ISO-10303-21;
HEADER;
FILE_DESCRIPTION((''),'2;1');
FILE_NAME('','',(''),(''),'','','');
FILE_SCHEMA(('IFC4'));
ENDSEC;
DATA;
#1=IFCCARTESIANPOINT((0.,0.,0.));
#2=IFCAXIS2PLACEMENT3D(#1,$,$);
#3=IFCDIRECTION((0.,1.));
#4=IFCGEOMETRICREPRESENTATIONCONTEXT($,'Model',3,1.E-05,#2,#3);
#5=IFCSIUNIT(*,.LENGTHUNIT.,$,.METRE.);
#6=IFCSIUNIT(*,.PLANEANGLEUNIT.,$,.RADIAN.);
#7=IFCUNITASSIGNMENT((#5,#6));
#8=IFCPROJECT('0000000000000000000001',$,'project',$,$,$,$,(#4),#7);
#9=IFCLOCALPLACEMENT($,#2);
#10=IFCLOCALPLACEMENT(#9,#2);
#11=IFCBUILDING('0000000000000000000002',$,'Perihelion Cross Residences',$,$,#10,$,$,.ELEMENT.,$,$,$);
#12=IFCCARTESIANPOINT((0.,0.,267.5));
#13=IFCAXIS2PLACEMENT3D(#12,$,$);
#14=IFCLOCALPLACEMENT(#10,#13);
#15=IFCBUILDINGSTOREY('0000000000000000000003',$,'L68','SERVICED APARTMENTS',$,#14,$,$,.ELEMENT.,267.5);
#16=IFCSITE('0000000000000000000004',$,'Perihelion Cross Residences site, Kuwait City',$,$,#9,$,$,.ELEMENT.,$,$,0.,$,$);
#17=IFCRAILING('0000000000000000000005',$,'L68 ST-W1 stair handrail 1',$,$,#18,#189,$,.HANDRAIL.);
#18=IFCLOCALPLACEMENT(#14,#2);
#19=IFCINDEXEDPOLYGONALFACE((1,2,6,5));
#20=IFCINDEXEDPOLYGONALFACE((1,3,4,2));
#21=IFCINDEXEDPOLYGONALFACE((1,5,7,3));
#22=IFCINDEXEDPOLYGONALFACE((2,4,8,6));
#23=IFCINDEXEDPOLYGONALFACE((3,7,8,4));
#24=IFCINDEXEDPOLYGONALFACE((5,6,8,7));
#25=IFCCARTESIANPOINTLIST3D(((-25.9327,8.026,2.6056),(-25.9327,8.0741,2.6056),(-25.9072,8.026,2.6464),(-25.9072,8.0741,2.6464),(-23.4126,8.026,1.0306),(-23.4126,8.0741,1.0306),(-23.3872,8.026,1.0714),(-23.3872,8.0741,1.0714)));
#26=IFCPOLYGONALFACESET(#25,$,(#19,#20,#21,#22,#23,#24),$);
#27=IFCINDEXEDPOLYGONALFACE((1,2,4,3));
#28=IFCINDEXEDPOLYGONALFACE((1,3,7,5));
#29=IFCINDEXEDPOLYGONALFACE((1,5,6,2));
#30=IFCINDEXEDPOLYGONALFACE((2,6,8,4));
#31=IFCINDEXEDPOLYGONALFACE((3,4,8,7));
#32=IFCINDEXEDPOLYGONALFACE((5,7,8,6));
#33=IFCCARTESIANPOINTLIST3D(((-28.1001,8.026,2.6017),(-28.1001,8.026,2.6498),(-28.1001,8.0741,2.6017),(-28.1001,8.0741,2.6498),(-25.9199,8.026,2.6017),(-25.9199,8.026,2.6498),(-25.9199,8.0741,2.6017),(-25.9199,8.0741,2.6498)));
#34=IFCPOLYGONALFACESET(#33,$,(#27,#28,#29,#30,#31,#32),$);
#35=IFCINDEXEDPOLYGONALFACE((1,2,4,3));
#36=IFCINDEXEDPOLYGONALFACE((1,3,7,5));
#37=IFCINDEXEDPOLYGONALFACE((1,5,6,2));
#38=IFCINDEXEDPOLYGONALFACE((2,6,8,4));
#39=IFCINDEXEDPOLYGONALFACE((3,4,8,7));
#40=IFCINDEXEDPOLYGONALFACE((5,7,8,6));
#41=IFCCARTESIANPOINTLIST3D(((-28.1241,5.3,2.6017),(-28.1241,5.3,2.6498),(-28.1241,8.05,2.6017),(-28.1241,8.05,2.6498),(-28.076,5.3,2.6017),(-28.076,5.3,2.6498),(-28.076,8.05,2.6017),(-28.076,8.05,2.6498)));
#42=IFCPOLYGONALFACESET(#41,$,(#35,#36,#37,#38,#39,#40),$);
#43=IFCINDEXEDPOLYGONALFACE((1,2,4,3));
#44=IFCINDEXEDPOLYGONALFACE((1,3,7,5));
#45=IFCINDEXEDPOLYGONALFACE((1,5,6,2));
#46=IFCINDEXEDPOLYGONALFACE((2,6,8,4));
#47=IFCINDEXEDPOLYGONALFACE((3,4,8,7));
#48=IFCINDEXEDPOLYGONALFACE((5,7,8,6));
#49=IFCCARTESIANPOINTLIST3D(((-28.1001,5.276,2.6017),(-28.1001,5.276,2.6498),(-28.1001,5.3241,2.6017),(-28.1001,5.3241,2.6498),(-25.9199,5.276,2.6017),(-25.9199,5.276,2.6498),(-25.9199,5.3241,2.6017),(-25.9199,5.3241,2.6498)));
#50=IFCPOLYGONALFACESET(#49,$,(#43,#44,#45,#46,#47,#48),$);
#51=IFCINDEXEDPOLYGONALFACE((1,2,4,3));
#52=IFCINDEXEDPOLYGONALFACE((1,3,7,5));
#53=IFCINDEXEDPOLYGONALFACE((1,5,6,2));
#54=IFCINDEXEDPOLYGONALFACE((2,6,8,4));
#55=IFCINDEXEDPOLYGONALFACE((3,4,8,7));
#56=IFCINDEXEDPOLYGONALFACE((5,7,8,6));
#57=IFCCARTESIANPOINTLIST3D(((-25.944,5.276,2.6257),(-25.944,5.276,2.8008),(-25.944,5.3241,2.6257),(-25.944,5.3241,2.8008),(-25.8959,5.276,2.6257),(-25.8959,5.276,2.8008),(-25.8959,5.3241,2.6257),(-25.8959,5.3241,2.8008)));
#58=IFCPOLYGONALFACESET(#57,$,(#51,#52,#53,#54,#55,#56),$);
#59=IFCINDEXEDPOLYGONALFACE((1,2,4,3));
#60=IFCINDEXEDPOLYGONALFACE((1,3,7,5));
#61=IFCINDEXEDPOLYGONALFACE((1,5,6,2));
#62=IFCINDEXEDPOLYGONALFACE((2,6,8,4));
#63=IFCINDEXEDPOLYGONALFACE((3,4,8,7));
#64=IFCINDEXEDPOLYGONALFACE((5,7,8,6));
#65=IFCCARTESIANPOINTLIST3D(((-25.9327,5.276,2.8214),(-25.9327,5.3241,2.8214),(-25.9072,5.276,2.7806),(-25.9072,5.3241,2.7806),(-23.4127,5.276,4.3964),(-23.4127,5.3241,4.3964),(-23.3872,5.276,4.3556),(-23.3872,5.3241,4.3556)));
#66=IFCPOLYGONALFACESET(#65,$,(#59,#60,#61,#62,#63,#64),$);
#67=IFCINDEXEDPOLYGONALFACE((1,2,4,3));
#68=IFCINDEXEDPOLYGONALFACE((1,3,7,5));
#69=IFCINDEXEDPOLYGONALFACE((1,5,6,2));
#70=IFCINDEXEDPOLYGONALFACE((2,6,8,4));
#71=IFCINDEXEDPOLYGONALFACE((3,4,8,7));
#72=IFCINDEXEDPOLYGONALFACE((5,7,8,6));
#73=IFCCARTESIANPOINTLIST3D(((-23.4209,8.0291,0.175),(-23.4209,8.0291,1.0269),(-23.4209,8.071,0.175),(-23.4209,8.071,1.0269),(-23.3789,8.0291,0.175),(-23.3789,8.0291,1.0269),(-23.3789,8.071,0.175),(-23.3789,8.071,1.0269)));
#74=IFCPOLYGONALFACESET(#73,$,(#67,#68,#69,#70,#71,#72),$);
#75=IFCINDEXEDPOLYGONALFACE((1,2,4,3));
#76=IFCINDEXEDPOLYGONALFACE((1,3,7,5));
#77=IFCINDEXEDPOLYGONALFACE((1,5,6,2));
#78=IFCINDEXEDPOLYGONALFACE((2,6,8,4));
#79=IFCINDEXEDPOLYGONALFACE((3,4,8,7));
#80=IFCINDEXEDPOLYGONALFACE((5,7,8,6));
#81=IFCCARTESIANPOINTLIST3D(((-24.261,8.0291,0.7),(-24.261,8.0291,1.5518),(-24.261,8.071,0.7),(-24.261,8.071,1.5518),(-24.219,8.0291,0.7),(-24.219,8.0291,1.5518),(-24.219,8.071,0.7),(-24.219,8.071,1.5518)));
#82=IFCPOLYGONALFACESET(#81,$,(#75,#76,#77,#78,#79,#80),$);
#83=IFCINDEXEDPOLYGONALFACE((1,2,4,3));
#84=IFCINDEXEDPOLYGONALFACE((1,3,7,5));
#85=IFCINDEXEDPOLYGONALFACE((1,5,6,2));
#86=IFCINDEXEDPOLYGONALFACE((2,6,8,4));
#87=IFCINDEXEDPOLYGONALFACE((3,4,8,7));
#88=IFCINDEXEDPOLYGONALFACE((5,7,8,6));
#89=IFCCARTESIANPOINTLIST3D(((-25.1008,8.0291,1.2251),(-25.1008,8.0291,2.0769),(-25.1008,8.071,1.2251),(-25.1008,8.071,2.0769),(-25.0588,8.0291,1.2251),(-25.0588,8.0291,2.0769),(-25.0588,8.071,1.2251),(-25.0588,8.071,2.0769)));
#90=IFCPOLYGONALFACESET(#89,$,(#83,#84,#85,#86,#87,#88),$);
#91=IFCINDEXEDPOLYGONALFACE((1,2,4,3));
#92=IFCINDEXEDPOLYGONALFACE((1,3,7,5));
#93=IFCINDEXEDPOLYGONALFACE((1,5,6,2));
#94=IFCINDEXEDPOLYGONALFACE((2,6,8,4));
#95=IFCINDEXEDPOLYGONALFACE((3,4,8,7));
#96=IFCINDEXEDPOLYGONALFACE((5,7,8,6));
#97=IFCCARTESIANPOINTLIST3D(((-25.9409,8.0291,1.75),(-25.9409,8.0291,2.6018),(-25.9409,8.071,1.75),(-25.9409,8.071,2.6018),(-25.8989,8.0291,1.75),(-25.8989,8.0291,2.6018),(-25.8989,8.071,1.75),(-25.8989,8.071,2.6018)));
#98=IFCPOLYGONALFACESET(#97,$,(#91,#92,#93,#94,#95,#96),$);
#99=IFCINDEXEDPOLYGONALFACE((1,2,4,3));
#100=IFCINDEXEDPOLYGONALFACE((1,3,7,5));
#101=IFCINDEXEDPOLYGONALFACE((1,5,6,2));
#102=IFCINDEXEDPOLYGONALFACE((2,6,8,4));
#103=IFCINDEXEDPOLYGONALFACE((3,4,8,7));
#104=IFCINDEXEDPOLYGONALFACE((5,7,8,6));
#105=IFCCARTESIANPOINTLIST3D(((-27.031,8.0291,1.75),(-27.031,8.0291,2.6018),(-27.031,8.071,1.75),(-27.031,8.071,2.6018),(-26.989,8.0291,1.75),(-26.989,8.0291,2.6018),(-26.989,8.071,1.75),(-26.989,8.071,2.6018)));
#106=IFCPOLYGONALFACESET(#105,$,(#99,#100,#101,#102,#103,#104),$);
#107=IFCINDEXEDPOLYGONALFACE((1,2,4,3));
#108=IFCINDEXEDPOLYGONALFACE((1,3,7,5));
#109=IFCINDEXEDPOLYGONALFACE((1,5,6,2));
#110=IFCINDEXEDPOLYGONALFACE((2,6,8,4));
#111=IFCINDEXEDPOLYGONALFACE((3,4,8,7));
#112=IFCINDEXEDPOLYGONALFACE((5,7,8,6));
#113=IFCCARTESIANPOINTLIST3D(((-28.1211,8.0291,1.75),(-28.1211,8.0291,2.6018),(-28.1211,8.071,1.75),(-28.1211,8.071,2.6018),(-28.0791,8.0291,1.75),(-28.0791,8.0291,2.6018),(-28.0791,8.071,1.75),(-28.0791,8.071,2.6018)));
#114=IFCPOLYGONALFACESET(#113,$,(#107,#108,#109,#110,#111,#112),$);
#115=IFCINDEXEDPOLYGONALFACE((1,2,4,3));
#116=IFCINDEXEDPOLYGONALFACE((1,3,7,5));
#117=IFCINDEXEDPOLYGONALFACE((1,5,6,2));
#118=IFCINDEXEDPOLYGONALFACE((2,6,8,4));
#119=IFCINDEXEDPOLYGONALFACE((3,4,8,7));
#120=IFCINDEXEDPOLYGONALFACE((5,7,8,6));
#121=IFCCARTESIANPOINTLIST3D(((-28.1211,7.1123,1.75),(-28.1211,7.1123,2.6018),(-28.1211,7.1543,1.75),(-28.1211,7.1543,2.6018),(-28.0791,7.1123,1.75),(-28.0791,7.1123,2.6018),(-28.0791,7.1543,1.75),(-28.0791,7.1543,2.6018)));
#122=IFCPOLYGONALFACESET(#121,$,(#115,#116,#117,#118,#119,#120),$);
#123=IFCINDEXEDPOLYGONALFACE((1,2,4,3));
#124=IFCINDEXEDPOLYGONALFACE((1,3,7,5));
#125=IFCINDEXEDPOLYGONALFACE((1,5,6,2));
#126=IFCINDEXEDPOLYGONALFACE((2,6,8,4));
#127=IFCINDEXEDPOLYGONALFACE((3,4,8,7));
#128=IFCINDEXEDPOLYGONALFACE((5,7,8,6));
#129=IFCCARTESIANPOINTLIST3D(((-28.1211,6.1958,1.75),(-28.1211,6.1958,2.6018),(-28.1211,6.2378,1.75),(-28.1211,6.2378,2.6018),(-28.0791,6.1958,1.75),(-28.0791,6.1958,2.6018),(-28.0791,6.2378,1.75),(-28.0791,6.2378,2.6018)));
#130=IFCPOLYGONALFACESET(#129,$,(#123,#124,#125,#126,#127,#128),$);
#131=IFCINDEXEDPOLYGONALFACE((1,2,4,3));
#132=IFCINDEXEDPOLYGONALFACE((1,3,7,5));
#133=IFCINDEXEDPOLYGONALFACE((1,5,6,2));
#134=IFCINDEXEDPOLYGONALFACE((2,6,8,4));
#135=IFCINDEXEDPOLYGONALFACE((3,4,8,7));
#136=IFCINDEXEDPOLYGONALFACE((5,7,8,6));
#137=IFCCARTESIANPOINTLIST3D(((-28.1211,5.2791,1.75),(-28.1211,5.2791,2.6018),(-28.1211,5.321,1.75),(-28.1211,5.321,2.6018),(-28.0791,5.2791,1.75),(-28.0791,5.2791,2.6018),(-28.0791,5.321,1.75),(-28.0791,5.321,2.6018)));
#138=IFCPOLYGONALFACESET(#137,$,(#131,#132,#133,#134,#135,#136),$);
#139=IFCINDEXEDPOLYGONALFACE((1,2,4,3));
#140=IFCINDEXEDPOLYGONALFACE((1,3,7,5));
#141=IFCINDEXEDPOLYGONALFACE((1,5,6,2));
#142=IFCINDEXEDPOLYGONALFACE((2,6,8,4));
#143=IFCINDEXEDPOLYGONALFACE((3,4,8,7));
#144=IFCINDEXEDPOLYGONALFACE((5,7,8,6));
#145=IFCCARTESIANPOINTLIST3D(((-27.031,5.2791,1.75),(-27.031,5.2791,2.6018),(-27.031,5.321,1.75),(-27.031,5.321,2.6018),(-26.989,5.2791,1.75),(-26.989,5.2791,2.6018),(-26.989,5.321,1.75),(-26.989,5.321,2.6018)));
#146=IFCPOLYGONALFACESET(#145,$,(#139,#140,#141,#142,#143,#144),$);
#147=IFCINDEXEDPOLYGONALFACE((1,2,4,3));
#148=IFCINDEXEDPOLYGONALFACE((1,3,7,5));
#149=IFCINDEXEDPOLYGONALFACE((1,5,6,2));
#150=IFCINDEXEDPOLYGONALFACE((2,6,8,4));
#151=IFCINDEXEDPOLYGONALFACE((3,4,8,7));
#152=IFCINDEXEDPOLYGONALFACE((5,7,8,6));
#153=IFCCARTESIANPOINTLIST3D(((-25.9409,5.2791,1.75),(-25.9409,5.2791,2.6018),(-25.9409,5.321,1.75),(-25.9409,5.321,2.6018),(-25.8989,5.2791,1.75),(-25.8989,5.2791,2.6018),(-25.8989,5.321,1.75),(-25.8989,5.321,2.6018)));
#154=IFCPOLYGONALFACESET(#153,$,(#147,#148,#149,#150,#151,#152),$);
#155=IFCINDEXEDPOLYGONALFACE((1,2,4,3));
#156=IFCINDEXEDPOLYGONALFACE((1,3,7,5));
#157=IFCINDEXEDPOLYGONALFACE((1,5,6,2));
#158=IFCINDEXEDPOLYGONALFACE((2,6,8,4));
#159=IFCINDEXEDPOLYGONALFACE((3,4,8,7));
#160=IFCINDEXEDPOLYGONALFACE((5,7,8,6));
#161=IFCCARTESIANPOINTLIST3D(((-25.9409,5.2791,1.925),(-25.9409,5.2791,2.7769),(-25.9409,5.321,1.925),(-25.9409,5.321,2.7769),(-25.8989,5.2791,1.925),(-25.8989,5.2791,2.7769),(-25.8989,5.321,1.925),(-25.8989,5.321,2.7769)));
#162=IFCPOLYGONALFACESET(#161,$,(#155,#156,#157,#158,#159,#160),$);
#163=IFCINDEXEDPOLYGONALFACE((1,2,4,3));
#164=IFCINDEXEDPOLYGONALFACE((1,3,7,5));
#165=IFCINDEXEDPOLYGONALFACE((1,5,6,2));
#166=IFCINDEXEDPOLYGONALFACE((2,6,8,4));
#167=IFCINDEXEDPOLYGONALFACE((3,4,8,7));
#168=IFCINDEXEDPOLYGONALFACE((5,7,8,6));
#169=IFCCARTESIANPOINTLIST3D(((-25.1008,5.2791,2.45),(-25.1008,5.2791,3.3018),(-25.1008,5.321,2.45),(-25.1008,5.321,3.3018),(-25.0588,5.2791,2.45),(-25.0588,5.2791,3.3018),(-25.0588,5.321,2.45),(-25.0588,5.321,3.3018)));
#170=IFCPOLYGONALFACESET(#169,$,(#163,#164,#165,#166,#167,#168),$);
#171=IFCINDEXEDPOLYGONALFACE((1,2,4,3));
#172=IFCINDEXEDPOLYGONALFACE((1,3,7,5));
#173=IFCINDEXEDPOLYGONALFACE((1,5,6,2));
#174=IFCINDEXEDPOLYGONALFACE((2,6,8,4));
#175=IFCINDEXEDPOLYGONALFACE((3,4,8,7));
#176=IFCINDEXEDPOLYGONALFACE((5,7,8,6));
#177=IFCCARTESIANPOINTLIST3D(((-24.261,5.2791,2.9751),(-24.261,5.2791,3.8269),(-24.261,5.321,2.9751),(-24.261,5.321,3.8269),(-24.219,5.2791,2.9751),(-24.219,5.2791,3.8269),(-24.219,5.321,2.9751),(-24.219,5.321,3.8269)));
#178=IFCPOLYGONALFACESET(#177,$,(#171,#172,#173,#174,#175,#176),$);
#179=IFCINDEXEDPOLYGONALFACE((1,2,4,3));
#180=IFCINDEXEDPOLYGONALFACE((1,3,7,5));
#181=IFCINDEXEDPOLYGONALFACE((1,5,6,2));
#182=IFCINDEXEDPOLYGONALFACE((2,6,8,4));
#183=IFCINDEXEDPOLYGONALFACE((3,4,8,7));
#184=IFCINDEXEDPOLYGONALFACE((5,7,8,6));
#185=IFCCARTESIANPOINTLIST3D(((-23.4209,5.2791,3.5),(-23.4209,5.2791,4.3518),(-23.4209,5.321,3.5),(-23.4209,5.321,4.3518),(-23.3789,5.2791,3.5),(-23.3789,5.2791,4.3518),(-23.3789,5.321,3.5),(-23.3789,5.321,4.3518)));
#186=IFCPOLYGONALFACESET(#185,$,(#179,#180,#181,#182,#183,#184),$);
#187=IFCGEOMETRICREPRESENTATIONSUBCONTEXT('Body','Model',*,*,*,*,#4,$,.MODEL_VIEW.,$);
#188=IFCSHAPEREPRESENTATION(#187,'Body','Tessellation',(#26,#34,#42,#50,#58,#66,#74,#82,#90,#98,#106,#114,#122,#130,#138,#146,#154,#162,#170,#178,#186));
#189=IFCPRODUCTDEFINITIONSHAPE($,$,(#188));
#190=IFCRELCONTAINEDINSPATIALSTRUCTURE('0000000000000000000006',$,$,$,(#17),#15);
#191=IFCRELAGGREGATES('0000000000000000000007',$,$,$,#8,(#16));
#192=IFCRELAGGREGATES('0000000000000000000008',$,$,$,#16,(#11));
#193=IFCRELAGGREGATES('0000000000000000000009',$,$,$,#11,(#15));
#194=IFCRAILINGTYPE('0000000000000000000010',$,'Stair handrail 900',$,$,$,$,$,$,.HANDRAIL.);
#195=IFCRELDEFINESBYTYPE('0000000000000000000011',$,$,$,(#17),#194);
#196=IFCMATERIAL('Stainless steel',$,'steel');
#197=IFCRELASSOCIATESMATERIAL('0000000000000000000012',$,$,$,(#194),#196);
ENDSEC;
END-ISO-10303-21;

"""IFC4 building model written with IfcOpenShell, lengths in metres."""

from ifc_helpers import new_model, si_unit, direction, frame, origin, origin_2d, place, context, subcontext, project, spatial, rectangle, extrude, material, type_object, element, save


model = new_model("IFC4")

# Units and contexts
model_context = context("Model", 3, precision=1e-05, world=origin(), true_north=direction((0.0, 1.0)))
body_context = subcontext(model_context, "Body", "Model", "MODEL_VIEW")
ifc_project = project(units=[si_unit("LENGTHUNIT", "METRE"), si_unit("PLANEANGLEUNIT", "RADIAN")], contexts=[model_context])

# Site, building, storey
site_placement = place(None, origin())
site = spatial("IfcSite", under=ifc_project, at=site_placement, Name="Perihelion Cross Residences site, Kuwait City", CompositionType="ELEMENT", RefElevation=0.0)
building_placement = place(site_placement, origin())
building = spatial("IfcBuilding", under=site, at=building_placement, Name="Perihelion Cross Residences", CompositionType="ELEMENT")
storey_placement = place(building_placement, frame((0.0, 0.0, 267.5)))
storey = spatial("IfcBuildingStorey", under=building, at=storey_placement, Name="L68", Description="SERVICED APARTMENTS", CompositionType="ELEMENT", Elevation=267.5)

# Railing
ifc_material_1 = material(Name="Stainless steel", Category="steel")
railing_type_1 = type_object("IfcRailingType", Name="Stair handrail 900", PredefinedType="HANDRAIL", material=ifc_material_1)
railing_1_placement = place(storey_placement, frame((-23.3999, 8.05, 0.175)))
element("IfcRailing", 1, at=railing_1_placement, inside=storey, type_object=railing_type_1, Name="L68 ST-W1 stair handrail 1", PredefinedType="HANDRAIL", context=body_context, shape_type="SweptSolid", body=[
    extrude(rectangle(XDim=0.0481, YDim=0.0481, at=origin_2d()), frame((0.0, 0.0, 0.876), z_axis=(-0.848008, 0.0, 0.529984), x_axis=(0.0, -1.0, 0.0)), (0.0, 0.0, 1.0), 2.9717),
    extrude(rectangle(XDim=0.0481, YDim=0.0481, at=origin_2d()), frame((-2.52, 0.0, 2.4507), z_axis=(-1.0, 0.0, 0.0), x_axis=(0.0, -1.0, 0.0)), (0.0, 0.0, 1.0), 2.1802),
    extrude(rectangle(XDim=0.0481, YDim=0.0481, at=origin_2d()), frame((-4.7002, 0.0, 2.4507), z_axis=(0.0, -1.0, 0.0), x_axis=(1.0, 0.0, 0.0)), (0.0, 0.0, 1.0), 2.75),
    extrude(rectangle(XDim=0.0481, YDim=0.0481, at=origin_2d()), frame((-4.7002, -2.75, 2.4507), z_axis=(1.0, 0.0, 0.0), x_axis=(0.0, 1.0, 0.0)), (0.0, 0.0, 1.0), 2.1802),
    extrude(rectangle(XDim=0.0481, YDim=0.0481, at=origin_2d()), frame((-2.52, -2.75, 2.4507), z_axis=(0.0, 0.0, 1.0), x_axis=(1.0, 0.0, 0.0)), (0.0, 0.0, 1.0), 0.175),
    extrude(rectangle(XDim=0.0481, YDim=0.0481, at=origin_2d()), frame((-2.52, -2.75, 2.626), z_axis=(0.848008, 0.0, 0.529984), x_axis=(0.0, 1.0, 0.0)), (0.0, 0.0, 1.0), 2.9717),
    extrude(rectangle(XDim=0.042, YDim=0.042, at=origin_2d()), origin(), (0.0, 0.0, 1.0), 0.8518),
    extrude(rectangle(XDim=0.042, YDim=0.042, at=origin_2d()), frame((-0.8401, 0.0, 0.5249)), (0.0, 0.0, 1.0), 0.8518),
    extrude(rectangle(XDim=0.042, YDim=0.042, at=origin_2d()), frame((-1.6799, 0.0, 1.05)), (0.0, 0.0, 1.0), 0.8518),
    extrude(rectangle(XDim=0.042, YDim=0.042, at=origin_2d()), frame((-2.52, 0.0, 1.575)), (0.0, 0.0, 1.0), 0.8518),
    extrude(rectangle(XDim=0.042, YDim=0.042, at=origin_2d()), frame((-3.6101, 0.0, 1.575)), (0.0, 0.0, 1.0), 0.8518),
    extrude(rectangle(XDim=0.042, YDim=0.042, at=origin_2d()), frame((-4.7002, 0.0, 1.575)), (0.0, 0.0, 1.0), 0.8518),
    extrude(rectangle(XDim=0.042, YDim=0.042, at=origin_2d()), frame((-4.7002, -0.9167, 1.575)), (0.0, 0.0, 1.0), 0.8518),
    extrude(rectangle(XDim=0.042, YDim=0.042, at=origin_2d()), frame((-4.7002, -1.8333, 1.575)), (0.0, 0.0, 1.0), 0.8518),
    extrude(rectangle(XDim=0.042, YDim=0.042, at=origin_2d()), frame((-4.7002, -2.75, 1.575)), (0.0, 0.0, 1.0), 0.8518),
    extrude(rectangle(XDim=0.042, YDim=0.042, at=origin_2d()), frame((-3.6101, -2.75, 1.575)), (0.0, 0.0, 1.0), 0.8518),
    extrude(rectangle(XDim=0.042, YDim=0.042, at=origin_2d()), frame((-2.52, -2.75, 1.575)), (0.0, 0.0, 1.0), 0.8518),
    extrude(rectangle(XDim=0.042, YDim=0.042, at=origin_2d()), frame((-2.52, -2.75, 1.75)), (0.0, 0.0, 1.0), 0.8518),
    extrude(rectangle(XDim=0.042, YDim=0.042, at=origin_2d()), frame((-1.6799, -2.75, 2.2749)), (0.0, 0.0, 1.0), 0.8518),
    extrude(rectangle(XDim=0.042, YDim=0.042, at=origin_2d()), frame((-0.8401, -2.75, 2.8)), (0.0, 0.0, 1.0), 0.8518),
    extrude(rectangle(XDim=0.042, YDim=0.042, at=origin_2d()), frame((0.0, -2.75, 3.325)), (0.0, 0.0, 1.0), 0.8518),
])

save(model, "model.ifc")
